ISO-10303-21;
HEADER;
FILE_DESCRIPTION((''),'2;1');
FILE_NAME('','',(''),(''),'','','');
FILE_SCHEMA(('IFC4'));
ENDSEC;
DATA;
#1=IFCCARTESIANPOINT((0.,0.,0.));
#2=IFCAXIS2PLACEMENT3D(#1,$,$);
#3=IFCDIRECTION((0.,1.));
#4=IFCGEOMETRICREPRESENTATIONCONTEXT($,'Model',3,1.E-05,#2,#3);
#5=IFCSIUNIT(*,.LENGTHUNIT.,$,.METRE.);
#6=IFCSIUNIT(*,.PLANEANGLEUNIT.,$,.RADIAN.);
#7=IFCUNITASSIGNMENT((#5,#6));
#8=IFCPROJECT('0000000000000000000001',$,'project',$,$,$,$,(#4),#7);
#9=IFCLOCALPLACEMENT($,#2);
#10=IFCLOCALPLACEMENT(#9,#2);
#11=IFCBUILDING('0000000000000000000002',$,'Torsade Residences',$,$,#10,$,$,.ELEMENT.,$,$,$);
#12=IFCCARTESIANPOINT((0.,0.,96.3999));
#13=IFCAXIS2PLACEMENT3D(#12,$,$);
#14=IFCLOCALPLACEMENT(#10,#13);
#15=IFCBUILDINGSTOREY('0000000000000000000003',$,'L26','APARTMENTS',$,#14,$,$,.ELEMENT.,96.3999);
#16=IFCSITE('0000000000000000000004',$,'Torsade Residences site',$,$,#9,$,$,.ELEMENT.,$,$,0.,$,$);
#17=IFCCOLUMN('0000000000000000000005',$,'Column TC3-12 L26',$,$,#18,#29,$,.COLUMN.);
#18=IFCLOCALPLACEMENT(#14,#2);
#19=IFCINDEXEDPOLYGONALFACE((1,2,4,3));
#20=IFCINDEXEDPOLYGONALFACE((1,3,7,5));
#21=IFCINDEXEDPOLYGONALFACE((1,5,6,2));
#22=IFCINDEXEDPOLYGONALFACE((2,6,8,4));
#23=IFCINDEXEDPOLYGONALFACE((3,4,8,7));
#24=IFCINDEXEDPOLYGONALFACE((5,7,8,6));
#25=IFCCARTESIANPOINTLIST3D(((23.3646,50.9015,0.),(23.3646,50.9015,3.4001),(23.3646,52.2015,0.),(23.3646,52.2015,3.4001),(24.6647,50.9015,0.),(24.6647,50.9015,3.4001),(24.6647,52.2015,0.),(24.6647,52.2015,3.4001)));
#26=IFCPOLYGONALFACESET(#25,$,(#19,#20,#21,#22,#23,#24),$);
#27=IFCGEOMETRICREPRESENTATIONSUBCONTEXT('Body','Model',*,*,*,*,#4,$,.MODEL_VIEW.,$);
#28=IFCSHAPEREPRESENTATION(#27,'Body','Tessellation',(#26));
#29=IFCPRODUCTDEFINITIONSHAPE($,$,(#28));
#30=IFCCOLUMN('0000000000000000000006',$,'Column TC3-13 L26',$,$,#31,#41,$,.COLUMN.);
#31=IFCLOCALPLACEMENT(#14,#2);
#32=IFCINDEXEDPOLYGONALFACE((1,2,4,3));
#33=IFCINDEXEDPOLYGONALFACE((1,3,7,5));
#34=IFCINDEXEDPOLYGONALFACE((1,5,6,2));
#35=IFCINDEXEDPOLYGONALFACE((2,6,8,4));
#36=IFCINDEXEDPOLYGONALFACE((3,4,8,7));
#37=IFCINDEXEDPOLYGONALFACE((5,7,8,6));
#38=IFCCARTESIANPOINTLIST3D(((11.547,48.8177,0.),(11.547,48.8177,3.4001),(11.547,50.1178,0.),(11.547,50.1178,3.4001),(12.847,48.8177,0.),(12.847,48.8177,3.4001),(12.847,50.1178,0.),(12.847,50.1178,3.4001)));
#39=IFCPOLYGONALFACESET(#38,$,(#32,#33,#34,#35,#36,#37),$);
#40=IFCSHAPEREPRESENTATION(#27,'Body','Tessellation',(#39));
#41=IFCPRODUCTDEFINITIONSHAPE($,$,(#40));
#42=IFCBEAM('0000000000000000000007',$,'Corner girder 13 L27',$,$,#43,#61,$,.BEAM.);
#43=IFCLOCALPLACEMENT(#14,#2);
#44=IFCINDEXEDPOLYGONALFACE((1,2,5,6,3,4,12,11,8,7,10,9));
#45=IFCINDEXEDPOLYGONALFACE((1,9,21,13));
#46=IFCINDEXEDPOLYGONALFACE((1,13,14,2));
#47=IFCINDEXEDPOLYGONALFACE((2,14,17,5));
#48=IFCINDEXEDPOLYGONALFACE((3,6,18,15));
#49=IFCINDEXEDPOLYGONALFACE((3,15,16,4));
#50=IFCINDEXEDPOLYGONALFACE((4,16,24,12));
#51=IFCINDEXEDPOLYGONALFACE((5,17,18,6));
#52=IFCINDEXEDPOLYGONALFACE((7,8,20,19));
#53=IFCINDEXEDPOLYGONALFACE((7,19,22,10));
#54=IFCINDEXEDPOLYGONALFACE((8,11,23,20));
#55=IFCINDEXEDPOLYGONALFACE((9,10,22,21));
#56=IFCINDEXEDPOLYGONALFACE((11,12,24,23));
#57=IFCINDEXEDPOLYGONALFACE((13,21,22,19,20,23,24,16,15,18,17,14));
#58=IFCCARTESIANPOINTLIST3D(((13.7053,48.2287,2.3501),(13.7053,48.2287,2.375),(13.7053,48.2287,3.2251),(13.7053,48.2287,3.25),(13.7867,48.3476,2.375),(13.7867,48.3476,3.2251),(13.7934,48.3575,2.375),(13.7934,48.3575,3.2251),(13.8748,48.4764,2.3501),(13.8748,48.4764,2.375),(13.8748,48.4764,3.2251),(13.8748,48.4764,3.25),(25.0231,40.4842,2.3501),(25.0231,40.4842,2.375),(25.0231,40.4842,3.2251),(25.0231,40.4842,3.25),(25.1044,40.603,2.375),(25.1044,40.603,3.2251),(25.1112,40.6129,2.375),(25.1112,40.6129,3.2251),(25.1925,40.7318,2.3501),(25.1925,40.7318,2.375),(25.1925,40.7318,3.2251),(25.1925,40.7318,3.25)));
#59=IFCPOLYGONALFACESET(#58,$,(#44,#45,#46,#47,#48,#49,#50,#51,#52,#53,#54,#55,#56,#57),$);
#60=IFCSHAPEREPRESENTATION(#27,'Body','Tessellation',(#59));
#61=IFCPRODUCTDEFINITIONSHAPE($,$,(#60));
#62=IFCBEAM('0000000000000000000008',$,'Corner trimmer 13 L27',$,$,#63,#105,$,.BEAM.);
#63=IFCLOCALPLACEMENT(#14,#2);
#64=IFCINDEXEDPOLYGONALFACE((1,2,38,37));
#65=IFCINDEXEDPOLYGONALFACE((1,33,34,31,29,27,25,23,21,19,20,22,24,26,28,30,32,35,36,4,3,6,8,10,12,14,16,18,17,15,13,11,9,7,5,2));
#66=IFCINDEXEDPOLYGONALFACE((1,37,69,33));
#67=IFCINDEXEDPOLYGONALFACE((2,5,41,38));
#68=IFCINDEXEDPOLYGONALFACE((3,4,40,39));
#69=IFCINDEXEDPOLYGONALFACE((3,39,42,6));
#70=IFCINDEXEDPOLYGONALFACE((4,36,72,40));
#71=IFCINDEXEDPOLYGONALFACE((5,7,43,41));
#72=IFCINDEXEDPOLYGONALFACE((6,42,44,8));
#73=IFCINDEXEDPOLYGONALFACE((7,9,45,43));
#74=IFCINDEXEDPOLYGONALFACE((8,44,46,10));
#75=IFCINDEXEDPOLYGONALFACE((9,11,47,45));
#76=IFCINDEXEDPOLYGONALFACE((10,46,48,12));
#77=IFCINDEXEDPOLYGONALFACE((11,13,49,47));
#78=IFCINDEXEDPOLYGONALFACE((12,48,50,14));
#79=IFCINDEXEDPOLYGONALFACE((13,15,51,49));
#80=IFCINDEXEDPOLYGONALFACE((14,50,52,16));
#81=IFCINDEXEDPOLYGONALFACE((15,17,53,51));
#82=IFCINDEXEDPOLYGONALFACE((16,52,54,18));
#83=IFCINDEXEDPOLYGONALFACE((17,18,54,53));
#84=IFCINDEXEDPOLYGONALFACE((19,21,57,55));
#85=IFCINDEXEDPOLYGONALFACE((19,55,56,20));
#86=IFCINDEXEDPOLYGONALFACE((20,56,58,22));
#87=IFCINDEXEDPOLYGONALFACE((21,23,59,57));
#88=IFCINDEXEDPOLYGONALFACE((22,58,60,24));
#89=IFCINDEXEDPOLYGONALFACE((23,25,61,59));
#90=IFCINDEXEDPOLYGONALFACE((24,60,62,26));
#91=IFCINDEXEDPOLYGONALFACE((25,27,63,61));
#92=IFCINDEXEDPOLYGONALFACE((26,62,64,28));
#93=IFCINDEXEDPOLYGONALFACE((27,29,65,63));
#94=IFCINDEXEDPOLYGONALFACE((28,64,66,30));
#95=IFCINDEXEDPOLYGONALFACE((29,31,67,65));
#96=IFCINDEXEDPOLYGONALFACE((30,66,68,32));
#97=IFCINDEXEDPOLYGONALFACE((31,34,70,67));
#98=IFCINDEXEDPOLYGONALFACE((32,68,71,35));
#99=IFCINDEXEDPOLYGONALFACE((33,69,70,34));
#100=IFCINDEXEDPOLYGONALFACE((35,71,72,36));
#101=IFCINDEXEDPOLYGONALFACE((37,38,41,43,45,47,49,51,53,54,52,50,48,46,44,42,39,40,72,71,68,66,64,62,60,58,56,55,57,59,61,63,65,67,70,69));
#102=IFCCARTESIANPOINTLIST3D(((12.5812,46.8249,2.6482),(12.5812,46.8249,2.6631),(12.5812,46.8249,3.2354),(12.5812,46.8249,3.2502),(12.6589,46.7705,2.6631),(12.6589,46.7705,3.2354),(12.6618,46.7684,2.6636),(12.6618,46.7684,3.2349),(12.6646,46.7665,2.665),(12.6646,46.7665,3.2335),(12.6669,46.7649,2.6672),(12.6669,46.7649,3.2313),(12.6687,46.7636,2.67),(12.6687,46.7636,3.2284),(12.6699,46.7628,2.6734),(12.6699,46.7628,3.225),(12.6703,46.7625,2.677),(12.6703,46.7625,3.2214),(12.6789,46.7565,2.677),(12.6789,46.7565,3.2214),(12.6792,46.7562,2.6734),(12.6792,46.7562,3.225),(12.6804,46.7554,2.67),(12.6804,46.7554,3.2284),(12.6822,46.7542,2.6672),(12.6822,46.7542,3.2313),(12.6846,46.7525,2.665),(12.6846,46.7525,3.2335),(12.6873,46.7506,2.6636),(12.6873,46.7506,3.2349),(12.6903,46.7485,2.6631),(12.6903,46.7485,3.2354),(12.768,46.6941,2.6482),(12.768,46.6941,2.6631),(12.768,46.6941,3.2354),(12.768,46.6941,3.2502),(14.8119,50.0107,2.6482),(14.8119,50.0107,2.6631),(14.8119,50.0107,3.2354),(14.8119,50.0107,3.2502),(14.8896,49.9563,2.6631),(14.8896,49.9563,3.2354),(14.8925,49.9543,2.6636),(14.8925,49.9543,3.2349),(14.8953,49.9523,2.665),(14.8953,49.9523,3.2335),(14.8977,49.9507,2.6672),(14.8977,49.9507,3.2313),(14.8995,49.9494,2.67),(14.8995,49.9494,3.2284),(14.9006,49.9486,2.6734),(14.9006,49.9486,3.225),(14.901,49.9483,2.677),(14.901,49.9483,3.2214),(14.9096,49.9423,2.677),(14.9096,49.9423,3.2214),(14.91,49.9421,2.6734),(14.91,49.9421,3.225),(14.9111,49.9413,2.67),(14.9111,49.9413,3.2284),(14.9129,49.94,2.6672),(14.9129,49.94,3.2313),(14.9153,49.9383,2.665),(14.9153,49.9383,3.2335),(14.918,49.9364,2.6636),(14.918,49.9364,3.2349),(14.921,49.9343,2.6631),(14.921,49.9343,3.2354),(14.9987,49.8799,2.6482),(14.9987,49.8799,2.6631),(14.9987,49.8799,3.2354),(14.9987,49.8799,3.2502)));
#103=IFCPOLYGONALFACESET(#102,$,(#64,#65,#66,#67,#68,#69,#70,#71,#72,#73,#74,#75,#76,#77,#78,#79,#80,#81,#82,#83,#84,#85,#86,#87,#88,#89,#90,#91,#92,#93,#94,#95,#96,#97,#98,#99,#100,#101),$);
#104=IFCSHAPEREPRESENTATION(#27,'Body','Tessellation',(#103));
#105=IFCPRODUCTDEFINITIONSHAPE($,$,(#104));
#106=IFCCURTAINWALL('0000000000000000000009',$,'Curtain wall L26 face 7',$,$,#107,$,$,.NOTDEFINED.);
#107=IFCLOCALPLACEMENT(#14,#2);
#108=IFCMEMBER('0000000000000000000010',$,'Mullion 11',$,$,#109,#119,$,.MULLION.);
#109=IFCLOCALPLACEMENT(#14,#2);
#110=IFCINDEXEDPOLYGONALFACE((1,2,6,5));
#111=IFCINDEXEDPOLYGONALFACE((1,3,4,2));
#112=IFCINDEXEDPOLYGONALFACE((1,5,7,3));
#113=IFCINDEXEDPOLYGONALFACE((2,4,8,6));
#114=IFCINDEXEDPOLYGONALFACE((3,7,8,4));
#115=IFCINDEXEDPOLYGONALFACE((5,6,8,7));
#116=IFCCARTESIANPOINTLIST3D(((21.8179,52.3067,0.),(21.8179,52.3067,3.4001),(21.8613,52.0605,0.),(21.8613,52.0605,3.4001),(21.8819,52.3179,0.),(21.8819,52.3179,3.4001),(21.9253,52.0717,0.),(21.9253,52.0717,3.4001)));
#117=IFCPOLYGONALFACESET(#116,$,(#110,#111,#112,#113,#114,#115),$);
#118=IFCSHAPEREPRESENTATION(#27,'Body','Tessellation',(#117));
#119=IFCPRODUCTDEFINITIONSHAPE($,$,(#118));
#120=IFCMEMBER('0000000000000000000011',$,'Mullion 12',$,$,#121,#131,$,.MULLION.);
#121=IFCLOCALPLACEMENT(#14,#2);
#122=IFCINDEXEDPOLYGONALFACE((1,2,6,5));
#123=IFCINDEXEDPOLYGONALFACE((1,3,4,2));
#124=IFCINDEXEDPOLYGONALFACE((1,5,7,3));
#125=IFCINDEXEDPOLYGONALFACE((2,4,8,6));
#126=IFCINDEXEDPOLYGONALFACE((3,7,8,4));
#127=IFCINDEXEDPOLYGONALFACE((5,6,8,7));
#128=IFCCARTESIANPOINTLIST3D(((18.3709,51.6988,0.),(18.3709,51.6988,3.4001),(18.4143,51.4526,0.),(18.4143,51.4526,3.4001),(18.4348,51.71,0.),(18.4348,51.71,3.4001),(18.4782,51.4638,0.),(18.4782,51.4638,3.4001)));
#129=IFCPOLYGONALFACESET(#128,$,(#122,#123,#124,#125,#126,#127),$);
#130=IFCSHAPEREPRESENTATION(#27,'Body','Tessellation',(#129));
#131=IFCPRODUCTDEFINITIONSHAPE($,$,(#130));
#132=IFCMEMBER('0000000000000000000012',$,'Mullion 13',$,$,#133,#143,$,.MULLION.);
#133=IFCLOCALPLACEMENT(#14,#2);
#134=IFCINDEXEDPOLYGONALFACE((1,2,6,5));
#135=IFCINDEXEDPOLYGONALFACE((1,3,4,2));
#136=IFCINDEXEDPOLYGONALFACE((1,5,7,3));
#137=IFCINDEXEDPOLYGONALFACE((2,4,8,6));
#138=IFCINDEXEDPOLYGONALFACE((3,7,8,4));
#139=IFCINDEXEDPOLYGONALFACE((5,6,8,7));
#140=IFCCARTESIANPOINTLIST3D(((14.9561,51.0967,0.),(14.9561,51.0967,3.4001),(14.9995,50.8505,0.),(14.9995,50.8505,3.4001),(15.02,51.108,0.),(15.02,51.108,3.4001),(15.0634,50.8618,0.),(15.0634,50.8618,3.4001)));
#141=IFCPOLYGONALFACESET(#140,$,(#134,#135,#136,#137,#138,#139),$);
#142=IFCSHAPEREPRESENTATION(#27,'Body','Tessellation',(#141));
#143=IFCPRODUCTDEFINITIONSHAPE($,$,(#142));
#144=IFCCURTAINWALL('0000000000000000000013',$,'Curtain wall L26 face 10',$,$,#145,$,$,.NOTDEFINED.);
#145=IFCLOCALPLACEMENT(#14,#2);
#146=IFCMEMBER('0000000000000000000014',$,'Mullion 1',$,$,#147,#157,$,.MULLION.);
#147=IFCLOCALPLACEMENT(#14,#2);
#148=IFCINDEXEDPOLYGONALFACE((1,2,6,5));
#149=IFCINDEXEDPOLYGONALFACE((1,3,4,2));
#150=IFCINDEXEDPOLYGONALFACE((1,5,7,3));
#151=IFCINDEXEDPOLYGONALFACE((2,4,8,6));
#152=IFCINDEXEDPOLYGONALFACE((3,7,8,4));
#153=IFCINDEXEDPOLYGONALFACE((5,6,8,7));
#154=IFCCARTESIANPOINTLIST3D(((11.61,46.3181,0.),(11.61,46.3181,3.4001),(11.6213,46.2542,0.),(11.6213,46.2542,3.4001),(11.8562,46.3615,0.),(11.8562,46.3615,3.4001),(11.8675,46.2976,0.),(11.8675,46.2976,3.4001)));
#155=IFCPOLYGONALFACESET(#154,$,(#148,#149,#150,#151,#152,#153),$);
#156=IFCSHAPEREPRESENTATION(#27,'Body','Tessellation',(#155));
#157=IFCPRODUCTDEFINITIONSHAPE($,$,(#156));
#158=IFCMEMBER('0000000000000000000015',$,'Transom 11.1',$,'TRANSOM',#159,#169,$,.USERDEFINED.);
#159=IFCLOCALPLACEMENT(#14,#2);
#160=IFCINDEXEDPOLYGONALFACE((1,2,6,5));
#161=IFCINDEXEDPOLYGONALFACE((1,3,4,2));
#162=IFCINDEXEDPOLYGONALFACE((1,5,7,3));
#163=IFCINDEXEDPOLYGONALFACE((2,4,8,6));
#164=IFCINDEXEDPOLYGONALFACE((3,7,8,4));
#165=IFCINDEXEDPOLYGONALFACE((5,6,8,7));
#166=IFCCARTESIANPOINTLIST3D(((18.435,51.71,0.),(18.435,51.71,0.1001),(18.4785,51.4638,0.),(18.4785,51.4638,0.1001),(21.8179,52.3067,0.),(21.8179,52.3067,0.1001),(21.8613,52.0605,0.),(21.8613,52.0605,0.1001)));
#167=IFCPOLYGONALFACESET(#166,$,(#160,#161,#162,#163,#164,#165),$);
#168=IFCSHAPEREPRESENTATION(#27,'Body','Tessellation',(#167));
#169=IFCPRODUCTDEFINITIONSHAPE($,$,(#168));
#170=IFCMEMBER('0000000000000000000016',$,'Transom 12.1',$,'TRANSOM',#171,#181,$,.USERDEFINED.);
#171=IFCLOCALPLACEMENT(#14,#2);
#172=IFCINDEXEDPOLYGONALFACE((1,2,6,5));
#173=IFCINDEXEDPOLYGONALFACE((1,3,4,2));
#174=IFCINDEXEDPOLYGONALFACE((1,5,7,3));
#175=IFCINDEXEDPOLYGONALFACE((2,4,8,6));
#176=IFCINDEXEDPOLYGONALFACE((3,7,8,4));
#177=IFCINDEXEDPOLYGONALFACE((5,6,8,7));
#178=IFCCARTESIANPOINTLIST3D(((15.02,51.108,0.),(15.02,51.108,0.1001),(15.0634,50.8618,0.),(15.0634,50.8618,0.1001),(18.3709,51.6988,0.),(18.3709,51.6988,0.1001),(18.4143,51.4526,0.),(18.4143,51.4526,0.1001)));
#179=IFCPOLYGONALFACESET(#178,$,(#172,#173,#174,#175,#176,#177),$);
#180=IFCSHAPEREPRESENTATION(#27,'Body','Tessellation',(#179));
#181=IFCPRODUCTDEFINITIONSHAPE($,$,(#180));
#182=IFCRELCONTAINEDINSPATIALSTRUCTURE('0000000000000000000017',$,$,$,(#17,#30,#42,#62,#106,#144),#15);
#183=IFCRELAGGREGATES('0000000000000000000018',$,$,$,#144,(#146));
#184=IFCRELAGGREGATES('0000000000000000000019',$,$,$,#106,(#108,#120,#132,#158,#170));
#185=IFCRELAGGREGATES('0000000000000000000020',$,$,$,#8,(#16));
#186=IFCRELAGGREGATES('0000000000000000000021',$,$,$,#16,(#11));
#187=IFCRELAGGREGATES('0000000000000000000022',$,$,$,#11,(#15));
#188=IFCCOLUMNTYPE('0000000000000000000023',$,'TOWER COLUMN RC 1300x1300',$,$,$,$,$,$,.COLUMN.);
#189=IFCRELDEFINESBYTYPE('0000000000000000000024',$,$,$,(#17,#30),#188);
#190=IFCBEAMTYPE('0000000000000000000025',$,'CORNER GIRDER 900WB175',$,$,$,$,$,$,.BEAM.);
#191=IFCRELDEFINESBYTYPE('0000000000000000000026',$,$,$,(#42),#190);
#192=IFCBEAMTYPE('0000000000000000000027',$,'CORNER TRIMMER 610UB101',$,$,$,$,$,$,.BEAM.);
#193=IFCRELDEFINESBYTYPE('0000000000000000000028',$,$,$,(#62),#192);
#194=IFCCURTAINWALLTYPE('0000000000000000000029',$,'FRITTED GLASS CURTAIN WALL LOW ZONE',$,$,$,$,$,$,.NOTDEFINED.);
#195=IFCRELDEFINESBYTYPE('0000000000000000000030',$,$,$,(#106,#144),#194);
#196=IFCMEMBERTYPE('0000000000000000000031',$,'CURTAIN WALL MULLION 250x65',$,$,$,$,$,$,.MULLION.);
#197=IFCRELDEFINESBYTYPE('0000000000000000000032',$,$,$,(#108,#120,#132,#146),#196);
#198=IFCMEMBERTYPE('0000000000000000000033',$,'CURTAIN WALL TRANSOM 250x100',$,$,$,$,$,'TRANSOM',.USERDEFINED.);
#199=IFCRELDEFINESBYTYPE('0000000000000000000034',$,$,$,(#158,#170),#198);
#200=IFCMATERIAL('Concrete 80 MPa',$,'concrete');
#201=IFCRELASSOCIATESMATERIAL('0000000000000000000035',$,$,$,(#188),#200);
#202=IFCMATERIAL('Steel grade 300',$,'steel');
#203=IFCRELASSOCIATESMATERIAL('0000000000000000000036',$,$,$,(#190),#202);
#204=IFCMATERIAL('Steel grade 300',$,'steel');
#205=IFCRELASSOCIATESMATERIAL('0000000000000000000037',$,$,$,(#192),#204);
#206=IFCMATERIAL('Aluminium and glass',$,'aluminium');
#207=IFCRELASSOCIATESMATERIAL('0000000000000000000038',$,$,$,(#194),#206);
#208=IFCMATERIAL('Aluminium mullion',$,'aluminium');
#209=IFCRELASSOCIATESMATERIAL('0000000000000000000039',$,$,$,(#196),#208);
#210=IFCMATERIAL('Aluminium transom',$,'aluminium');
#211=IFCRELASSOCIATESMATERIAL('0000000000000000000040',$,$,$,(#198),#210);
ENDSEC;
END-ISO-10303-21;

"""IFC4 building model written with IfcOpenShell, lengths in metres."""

from ifc_helpers import new_model, si_unit, direction, frame, origin, origin_2d, place, context, subcontext, project, spatial, rectangle, i_section, extrude, material, material_profile, profile_set, type_object, element, aggregate, save


model = new_model("IFC4")

# Units and contexts
model_context = context("Model", 3, precision=1e-05, world=origin(), true_north=direction((0.0, 1.0)))
body_context = subcontext(model_context, "Body", "Model", "MODEL_VIEW")
ifc_project = project(units=[si_unit("LENGTHUNIT", "METRE"), si_unit("PLANEANGLEUNIT", "RADIAN")], contexts=[model_context])

# Site, building, storey
site_placement = place(None, origin())
site = spatial("IfcSite", under=ifc_project, at=site_placement, Name="Torsade Residences site", CompositionType="ELEMENT", RefElevation=0.0)
building_placement = place(site_placement, origin())
building = spatial("IfcBuilding", under=site, at=building_placement, Name="Torsade Residences", CompositionType="ELEMENT")
storey_placement = place(building_placement, frame((0.0, 0.0, 96.3999)))
storey = spatial("IfcBuildingStorey", under=building, at=storey_placement, Name="L26", Description="APARTMENTS", CompositionType="ELEMENT", Elevation=96.3999)

# Columns
ifc_material_1 = material(Name="Concrete 80 MPa", Category="concrete")
ifc_material_profile_1 = material_profile(ifc_material_1, rectangle(XDim=1.3, YDim=1.3, at=origin_2d()), Name="RC 1300x1300")
ifc_profile_set_1 = profile_set([ifc_material_profile_1], Name="Concrete 80 MPa")
column_type = type_object("IfcColumnType", Name="TOWER COLUMN RC 1300x1300", PredefinedType="COLUMN", material=ifc_profile_set_1)
for number, where, z_axis, x_axis, name in (
    (1, (24.0146, 51.5515, 0.0), (0.0, 0.0, 1.0), (1.0, 0.0, 0.0), "Column TC3-12 L26"),
    (2, (12.197, 49.4678, 0.0), (0.0, 0.0, 1.0), (1.0, 0.0, 0.0), "Column TC3-13 L26"),
):
    element("IfcColumn", number, at=place(storey_placement, frame(where, z_axis=z_axis, x_axis=x_axis)), inside=storey, type_object=column_type, Name=name, PredefinedType="COLUMN", context=body_context, shape_type="SweptSolid", body=[
        extrude(rectangle(XDim=1.3, YDim=1.3, at=origin_2d()), origin(), (0.0, 0.0, 1.0), 3.4001),
    ])

# Beams
ifc_material_2 = material(Name="Steel grade 300", Category="steel")
ifc_material_profile_2 = material_profile(ifc_material_2, i_section(OverallWidth=0.3, OverallDepth=0.8999, WebThickness=0.012, FlangeThickness=0.0249, at=origin_2d()), Name="900WB175")
ifc_profile_set_2 = profile_set([ifc_material_profile_2], Name="Steel grade 300")
beam_type_1 = type_object("IfcBeamType", Name="CORNER GIRDER 900WB175", PredefinedType="BEAM", material=ifc_profile_set_2)
beam_1_placement = place(storey_placement, frame((13.79, 48.3525, 2.8), z_axis=(0.825279, -0.564725, 0.0), x_axis=(0.564725, 0.825279, 0.0)))
element("IfcBeam", 3, at=beam_1_placement, inside=storey, type_object=beam_type_1, Name="Corner girder 13 L27", PredefinedType="BEAM", context=body_context, shape_type="SweptSolid", body=[
    extrude(i_section(OverallWidth=0.3, OverallDepth=0.8999, WebThickness=0.012, FlangeThickness=0.0249, at=origin_2d()), origin(), (0.0, 0.0, 1.0), 13.7139),
])
ifc_material_3 = material(Name="Steel grade 300", Category="steel")
ifc_material_profile_3 = material_profile(ifc_material_3, i_section(OverallWidth=0.228, OverallDepth=0.6021, WebThickness=0.0105, FlangeThickness=0.0149, FilletRadius=0.0139, at=origin_2d()), Name="610UB101")
ifc_profile_set_3 = profile_set([ifc_material_profile_3], Name="Steel grade 300")
beam_type_2 = type_object("IfcBeamType", Name="CORNER TRIMMER 610UB101", PredefinedType="BEAM", material=ifc_profile_set_3)
beam_2_placement = place(storey_placement, frame((12.6746, 46.7595, 2.9492), z_axis=(0.573576, 0.819152, 0.0), x_axis=(-0.819152, 0.573576, 0.0)))
element("IfcBeam", 4, at=beam_2_placement, inside=storey, type_object=beam_type_2, Name="Corner trimmer 13 L27", PredefinedType="BEAM", context=body_context, shape_type="SweptSolid", body=[
    extrude(i_section(OverallWidth=0.228, OverallDepth=0.6021, WebThickness=0.0105, FlangeThickness=0.0149, FilletRadius=0.0139, at=origin_2d()), origin(), (0.0, 0.0, 1.0), 3.8892),
])

# Curtain wall, members
ifc_material_4 = material(Name="Aluminium and glass", Category="aluminium")
curtain_wall_type = type_object("IfcCurtainWallType", Name="FRITTED GLASS CURTAIN WALL LOW ZONE", PredefinedType="NOTDEFINED", material=ifc_material_4)
curtain_wall_1_placement = place(storey_placement, origin())
curtain_wall_1 = element("IfcCurtainWall", 5, at=curtain_wall_1_placement, inside=storey, type_object=curtain_wall_type, Name="Curtain wall L26 face 7", PredefinedType="NOTDEFINED")
ifc_material_5 = material(Name="Aluminium mullion", Category="aluminium")
ifc_material_profile_4 = material_profile(ifc_material_5, rectangle(XDim=0.25, YDim=0.0649, at=origin_2d()), Name="CURTAIN WALL MULLION 250x65")
ifc_profile_set_4 = profile_set([ifc_material_profile_4], Name="Aluminium mullion")
member_type_1 = type_object("IfcMemberType", Name="CURTAIN WALL MULLION 250x65", PredefinedType="MULLION", material=ifc_profile_set_4)
member_1_placement = place(storey_placement, frame((21.8716, 52.1892, 0.0), z_axis=(0.0, 0.0, 1.0), x_axis=(0.173648, -0.984808, 0.0)))
member_1 = element("IfcMember", 6, at=member_1_placement, type_object=member_type_1, Name="Mullion 11", PredefinedType="MULLION", context=body_context, shape_type="SweptSolid", body=[
    extrude(rectangle(XDim=0.25, YDim=0.0649, at=origin_2d()), origin(), (0.0, 0.0, 1.0), 3.4001),
])
member_2_placement = place(storey_placement, frame((18.4246, 51.5813, 0.0), z_axis=(0.0, 0.0, 1.0), x_axis=(0.173648, -0.984808, 0.0)))
member_2 = element("IfcMember", 7, at=member_2_placement, type_object=member_type_1, Name="Mullion 12", PredefinedType="MULLION", context=body_context, shape_type="SweptSolid", body=[
    extrude(rectangle(XDim=0.25, YDim=0.0649, at=origin_2d()), origin(), (0.0, 0.0, 1.0), 3.4001),
])
member_3_placement = place(storey_placement, frame((15.0098, 50.9792, 0.0), z_axis=(0.0, 0.0, 1.0), x_axis=(0.173648, -0.984808, 0.0)))
member_3 = element("IfcMember", 8, at=member_3_placement, type_object=member_type_1, Name="Mullion 13", PredefinedType="MULLION", context=body_context, shape_type="SweptSolid", body=[
    extrude(rectangle(XDim=0.25, YDim=0.0649, at=origin_2d()), origin(), (0.0, 0.0, 1.0), 3.4001),
])

# Curtain wall, member
curtain_wall_2_placement = place(storey_placement, origin())
curtain_wall_2 = element("IfcCurtainWall", 9, at=curtain_wall_2_placement, inside=storey, type_object=curtain_wall_type, Name="Curtain wall L26 face 10", PredefinedType="NOTDEFINED")
member_4_placement = place(storey_placement, frame((11.7388, 46.3079, 0.0), z_axis=(0.0, 0.0, 1.0), x_axis=(0.984808, 0.173648, 0.0)))
member_4 = element("IfcMember", 10, at=member_4_placement, type_object=member_type_1, Name="Mullion 1", PredefinedType="MULLION", context=body_context, shape_type="SweptSolid", body=[
    extrude(rectangle(XDim=0.25, YDim=0.0649, at=origin_2d()), origin(), (0.0, 0.0, 1.0), 3.4001),
])

# Members
ifc_material_6 = material(Name="Aluminium transom", Category="aluminium")
ifc_material_profile_5 = material_profile(ifc_material_6, rectangle(XDim=0.25, YDim=0.1001, at=origin_2d()), Name="CURTAIN WALL TRANSOM 250x100")
ifc_profile_set_5 = profile_set([ifc_material_profile_5], Name="Aluminium transom")
member_type_2 = type_object("IfcMemberType", Name="CURTAIN WALL TRANSOM 250x100", ElementType="TRANSOM", PredefinedType="USERDEFINED", material=ifc_profile_set_5)
member_5_placement = place(storey_placement, frame((21.8396, 52.1836, 0.05), z_axis=(-0.984798, -0.173704, 0.0), x_axis=(0.173704, -0.984798, 0.0)))
member_5 = element("IfcMember", 11, at=member_5_placement, type_object=member_type_2, Name="Transom 11.1", ObjectType="TRANSOM", PredefinedType="USERDEFINED", context=body_context, shape_type="SweptSolid", body=[
    extrude(rectangle(XDim=0.25, YDim=0.1001, at=origin_2d()), origin(), (0.0, 0.0, 1.0), 3.4351),
])
member_6_placement = place(storey_placement, frame((18.3926, 51.5757, 0.05), z_axis=(-0.984809, -0.173642, 0.0), x_axis=(0.173642, -0.984809, 0.0)))
member_6 = element("IfcMember", 12, at=member_6_placement, type_object=member_type_2, Name="Transom 12.1", ObjectType="TRANSOM", PredefinedType="USERDEFINED", context=body_context, shape_type="SweptSolid", body=[
    extrude(rectangle(XDim=0.25, YDim=0.1001, at=origin_2d()), origin(), (0.0, 0.0, 1.0), 3.4026),
])

aggregate(curtain_wall_2, [member_4])
aggregate(curtain_wall_1, [member_1, member_2, member_3, member_5, member_6])

save(model, "model.ifc")
